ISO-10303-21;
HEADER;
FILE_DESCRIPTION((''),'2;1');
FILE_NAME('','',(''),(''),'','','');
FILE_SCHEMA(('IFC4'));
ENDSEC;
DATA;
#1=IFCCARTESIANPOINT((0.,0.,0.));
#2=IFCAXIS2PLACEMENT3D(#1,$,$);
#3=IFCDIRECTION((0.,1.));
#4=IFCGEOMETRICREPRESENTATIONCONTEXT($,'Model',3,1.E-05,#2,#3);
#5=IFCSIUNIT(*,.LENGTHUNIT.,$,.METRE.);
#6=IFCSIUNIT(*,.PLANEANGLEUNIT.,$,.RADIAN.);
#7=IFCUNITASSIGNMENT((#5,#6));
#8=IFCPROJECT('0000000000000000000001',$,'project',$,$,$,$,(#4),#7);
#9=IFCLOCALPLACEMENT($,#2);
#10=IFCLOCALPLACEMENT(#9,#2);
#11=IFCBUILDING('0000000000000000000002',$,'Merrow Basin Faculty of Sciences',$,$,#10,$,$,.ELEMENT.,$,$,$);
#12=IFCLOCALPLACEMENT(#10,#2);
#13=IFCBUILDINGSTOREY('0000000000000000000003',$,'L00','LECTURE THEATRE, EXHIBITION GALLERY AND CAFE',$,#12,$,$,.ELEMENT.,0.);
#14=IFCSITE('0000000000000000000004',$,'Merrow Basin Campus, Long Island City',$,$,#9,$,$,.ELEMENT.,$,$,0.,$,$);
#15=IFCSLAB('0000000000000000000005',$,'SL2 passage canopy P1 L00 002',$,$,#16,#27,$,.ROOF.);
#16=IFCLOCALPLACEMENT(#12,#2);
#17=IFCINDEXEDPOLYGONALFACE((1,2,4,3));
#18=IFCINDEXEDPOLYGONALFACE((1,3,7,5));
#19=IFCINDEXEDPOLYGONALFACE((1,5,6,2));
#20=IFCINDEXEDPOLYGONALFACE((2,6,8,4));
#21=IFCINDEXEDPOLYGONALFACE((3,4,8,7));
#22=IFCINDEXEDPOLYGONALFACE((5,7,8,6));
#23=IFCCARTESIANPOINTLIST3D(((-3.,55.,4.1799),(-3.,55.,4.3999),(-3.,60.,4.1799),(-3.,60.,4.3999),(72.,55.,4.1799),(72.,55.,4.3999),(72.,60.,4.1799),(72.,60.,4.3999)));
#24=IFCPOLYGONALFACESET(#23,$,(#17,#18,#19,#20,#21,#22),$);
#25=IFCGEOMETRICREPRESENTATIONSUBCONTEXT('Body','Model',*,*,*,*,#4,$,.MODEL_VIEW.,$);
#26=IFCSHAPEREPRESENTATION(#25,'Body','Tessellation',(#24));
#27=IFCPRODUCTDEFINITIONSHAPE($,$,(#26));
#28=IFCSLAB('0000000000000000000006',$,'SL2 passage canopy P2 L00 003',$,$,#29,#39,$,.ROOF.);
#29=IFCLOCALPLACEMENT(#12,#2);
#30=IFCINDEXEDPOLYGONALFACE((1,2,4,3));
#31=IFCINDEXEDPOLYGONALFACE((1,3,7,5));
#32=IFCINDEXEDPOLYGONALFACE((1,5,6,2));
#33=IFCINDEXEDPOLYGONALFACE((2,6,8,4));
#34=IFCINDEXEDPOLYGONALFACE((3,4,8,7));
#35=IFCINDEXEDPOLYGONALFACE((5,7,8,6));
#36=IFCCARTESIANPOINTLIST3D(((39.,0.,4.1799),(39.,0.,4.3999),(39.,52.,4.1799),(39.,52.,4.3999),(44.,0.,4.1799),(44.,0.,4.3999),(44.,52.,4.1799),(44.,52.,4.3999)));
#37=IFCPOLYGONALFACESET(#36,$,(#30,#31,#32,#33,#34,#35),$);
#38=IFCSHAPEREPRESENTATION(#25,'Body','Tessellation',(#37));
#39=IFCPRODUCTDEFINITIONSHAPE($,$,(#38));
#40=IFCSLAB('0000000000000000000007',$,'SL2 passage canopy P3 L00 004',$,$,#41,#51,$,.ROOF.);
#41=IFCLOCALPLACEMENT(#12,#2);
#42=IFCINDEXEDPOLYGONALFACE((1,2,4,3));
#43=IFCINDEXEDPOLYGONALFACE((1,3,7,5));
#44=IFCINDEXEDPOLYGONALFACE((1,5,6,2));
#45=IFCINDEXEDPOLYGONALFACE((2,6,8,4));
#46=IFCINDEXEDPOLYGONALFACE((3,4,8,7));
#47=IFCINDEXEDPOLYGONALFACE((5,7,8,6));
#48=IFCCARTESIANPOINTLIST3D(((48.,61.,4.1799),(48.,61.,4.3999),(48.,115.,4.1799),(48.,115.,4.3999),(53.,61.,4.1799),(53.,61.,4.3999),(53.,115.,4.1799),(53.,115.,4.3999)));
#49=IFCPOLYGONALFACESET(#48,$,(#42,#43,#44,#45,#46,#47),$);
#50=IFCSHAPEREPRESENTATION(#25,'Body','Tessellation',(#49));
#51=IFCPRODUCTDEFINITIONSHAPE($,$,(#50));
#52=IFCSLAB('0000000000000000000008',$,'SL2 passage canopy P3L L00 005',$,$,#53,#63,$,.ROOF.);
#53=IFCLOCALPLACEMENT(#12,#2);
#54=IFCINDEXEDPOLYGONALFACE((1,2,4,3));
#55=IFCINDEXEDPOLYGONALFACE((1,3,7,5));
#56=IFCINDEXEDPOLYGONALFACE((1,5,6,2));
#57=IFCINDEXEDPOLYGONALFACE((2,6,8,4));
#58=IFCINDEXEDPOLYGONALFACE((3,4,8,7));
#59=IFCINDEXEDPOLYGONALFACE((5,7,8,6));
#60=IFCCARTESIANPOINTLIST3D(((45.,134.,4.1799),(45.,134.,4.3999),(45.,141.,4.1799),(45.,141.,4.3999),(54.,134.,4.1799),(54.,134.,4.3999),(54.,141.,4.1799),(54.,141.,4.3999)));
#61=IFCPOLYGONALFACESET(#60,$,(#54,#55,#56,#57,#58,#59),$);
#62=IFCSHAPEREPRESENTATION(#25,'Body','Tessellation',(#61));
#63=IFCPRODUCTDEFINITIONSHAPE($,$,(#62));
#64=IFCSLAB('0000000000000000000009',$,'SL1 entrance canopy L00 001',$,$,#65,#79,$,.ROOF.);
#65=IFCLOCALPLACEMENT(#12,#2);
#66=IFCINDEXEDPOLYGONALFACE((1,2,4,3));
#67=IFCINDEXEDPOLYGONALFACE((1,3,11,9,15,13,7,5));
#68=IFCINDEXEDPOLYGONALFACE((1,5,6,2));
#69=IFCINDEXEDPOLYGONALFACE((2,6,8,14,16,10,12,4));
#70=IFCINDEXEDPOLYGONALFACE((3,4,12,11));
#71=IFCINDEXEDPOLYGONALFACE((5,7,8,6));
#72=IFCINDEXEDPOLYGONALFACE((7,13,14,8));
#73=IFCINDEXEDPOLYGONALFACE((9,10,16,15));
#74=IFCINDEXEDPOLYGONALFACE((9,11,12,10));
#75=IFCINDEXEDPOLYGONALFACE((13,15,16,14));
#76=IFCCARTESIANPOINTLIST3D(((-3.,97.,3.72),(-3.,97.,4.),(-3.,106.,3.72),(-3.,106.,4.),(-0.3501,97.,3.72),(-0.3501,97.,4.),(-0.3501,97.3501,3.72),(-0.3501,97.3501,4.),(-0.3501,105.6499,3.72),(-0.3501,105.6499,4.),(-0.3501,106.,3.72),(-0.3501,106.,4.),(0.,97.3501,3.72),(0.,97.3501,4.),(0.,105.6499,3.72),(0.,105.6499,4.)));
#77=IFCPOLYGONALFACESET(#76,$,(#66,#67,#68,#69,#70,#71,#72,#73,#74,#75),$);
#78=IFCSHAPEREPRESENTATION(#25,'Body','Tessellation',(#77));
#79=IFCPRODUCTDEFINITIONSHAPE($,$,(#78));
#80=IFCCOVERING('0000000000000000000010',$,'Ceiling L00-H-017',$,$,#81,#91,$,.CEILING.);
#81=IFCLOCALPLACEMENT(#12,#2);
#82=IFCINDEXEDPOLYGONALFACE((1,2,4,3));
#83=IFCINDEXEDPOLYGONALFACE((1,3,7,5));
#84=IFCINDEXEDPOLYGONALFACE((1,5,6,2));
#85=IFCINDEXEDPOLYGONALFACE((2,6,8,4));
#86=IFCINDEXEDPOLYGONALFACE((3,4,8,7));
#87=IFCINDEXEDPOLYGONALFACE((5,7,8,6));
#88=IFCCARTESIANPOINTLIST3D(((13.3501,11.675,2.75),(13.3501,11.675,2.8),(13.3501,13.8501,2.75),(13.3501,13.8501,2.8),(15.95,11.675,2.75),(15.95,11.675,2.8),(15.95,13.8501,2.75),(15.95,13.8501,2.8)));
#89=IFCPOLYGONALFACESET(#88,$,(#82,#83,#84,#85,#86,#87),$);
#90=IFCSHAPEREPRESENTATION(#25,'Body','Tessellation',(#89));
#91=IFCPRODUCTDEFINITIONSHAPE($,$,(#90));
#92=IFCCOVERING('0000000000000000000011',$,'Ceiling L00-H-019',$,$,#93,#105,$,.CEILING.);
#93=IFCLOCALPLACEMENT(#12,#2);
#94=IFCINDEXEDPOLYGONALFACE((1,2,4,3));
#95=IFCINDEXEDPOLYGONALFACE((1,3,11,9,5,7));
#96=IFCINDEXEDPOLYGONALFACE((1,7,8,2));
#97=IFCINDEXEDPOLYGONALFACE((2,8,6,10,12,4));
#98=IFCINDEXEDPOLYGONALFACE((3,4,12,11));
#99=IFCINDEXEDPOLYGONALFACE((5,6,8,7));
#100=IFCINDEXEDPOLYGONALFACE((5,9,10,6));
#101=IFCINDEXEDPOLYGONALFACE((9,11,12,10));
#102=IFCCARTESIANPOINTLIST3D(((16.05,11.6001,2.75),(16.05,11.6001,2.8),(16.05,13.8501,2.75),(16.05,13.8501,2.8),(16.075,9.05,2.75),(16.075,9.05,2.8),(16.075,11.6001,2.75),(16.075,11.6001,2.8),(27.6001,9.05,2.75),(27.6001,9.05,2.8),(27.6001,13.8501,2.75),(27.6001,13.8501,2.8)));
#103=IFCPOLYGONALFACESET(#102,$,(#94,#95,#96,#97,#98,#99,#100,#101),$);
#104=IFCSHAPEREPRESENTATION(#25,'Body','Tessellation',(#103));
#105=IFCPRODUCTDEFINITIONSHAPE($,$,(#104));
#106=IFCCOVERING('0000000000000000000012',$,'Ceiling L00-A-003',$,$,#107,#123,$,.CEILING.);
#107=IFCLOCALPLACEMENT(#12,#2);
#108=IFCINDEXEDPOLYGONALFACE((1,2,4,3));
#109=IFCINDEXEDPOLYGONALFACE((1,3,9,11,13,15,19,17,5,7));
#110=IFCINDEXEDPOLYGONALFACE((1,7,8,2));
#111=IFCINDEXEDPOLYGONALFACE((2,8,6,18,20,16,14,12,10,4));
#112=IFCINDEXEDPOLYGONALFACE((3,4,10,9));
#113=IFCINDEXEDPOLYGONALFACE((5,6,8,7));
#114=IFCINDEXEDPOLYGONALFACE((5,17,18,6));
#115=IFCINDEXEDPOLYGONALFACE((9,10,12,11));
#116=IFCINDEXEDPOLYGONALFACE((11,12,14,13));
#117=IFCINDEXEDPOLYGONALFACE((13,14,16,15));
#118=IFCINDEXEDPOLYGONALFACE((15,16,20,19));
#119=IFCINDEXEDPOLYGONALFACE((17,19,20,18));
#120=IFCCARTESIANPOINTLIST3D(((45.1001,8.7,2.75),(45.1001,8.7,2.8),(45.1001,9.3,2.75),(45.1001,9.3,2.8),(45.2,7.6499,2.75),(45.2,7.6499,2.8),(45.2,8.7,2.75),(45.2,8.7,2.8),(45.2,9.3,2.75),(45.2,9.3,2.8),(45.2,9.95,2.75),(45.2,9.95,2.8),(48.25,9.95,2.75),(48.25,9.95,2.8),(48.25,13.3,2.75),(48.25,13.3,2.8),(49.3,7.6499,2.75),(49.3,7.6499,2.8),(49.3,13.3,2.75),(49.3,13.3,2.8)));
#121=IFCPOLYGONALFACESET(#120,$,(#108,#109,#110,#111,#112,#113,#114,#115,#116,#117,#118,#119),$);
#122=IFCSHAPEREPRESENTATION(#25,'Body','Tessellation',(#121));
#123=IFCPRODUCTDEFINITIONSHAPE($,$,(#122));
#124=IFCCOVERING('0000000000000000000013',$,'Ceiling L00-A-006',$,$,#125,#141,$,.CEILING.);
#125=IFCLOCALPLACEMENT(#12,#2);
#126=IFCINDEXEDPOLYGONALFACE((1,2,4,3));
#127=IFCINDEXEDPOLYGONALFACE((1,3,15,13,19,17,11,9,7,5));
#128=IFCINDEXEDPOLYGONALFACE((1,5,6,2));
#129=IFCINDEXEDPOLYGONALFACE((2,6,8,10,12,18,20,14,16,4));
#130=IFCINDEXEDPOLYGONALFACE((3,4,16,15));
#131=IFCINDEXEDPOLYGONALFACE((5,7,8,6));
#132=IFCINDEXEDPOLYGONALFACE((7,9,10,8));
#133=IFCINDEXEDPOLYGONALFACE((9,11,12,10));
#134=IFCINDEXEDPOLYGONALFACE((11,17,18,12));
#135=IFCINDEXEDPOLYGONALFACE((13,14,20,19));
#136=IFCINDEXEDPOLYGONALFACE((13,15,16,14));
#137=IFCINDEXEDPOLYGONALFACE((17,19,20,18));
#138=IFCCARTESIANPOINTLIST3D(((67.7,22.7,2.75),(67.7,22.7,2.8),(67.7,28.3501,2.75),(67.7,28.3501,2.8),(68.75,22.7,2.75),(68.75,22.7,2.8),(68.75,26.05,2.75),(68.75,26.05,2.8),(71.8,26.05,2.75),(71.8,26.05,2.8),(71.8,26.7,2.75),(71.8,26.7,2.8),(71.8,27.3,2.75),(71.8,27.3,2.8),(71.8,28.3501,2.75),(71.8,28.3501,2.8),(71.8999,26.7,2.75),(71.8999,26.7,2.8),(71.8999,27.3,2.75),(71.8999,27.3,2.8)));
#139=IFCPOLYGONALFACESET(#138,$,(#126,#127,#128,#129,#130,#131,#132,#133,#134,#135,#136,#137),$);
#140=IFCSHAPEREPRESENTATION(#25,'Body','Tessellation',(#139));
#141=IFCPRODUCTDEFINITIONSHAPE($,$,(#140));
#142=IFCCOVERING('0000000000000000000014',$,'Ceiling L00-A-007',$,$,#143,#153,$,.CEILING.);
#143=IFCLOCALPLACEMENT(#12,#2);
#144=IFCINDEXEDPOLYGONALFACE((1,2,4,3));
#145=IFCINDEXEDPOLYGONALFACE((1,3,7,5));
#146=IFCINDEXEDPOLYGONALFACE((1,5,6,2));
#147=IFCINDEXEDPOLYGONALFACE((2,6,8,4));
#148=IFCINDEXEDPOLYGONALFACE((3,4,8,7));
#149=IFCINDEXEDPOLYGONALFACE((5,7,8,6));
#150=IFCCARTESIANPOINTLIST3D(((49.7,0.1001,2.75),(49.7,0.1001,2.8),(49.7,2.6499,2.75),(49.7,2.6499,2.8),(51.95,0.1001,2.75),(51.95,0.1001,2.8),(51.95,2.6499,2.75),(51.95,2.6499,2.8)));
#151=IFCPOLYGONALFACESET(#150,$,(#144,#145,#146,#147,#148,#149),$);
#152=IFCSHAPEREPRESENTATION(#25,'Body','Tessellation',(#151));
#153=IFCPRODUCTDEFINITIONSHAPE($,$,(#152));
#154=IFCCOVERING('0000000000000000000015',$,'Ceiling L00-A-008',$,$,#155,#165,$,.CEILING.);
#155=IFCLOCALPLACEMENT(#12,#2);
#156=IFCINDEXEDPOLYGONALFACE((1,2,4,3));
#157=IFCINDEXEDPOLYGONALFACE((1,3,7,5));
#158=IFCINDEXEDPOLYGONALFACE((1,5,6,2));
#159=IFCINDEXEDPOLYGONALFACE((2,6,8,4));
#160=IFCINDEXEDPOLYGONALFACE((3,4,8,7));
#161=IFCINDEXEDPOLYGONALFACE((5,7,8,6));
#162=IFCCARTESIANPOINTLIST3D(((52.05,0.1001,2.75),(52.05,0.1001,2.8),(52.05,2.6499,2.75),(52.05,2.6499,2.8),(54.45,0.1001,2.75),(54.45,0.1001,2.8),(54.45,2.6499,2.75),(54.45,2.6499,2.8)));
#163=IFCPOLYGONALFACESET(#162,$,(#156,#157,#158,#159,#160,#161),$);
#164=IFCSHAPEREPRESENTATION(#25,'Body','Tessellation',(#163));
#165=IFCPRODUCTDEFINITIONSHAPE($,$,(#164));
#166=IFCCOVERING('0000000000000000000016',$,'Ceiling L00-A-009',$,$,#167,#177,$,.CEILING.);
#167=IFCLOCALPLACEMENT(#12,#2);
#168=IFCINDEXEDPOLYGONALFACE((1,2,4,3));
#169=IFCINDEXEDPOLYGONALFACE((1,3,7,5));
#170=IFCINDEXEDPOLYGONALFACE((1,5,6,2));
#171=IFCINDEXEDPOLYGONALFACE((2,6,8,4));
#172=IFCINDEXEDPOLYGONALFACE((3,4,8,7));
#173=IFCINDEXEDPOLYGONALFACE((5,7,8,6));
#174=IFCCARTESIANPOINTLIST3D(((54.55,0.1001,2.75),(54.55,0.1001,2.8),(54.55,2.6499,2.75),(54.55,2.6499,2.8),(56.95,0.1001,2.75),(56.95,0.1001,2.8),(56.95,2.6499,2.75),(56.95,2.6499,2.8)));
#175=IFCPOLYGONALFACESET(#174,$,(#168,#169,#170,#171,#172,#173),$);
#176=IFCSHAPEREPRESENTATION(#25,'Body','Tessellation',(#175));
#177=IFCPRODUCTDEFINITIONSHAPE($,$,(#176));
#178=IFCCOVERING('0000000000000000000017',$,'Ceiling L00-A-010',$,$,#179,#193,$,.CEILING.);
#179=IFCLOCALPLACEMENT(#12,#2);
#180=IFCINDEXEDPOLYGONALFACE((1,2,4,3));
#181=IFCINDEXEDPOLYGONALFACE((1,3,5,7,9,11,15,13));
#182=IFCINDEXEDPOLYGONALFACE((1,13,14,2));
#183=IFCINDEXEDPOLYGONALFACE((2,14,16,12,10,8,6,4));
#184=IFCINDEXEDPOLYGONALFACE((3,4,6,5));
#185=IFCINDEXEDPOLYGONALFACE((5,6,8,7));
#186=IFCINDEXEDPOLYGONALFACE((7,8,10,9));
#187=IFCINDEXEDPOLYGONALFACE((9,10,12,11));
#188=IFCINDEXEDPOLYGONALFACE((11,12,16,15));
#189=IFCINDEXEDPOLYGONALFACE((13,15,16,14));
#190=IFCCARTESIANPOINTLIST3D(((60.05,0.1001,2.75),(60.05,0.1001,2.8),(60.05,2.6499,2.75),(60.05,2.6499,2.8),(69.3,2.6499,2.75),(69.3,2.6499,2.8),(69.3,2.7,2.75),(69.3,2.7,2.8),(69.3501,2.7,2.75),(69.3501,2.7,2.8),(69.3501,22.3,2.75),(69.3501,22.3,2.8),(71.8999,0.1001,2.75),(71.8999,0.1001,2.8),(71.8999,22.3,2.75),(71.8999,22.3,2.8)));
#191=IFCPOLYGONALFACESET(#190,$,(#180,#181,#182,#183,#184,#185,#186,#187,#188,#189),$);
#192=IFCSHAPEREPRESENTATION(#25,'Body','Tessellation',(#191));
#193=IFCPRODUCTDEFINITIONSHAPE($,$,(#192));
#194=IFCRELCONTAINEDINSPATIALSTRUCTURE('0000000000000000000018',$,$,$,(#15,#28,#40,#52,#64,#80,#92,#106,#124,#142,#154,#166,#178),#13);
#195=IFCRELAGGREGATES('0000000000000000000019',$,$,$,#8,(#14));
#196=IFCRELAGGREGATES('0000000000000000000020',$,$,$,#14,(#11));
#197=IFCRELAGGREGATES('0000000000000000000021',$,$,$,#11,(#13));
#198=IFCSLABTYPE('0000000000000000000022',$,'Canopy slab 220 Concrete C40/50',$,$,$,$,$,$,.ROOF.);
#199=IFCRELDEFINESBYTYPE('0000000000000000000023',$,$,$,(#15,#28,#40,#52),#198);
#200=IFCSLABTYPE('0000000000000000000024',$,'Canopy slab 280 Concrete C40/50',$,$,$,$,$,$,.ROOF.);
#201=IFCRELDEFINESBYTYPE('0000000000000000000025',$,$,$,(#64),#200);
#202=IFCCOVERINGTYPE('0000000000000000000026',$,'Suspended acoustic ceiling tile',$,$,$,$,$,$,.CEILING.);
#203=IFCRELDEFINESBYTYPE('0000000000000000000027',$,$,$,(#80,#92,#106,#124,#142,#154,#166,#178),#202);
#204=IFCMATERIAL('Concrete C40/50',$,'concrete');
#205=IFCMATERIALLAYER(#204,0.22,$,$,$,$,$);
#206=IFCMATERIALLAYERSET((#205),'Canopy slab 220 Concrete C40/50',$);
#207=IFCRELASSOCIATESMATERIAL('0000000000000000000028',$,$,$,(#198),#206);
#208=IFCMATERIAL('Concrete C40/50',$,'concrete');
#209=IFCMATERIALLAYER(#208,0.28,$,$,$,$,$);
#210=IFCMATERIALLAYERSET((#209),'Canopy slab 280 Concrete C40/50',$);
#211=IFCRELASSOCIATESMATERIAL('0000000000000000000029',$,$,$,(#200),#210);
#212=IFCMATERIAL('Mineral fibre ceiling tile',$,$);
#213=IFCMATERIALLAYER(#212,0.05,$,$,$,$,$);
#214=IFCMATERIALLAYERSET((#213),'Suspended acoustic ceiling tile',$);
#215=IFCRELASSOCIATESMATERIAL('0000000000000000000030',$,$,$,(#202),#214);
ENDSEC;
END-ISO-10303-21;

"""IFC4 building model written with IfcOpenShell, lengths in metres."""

from ifc_helpers import new_model, si_unit, direction, frame, origin, place, context, subcontext, project, spatial, polyline, outline, extrude, material, layer, layer_set, type_object, element, save


model = new_model("IFC4")

# Units and contexts
model_context = context("Model", 3, precision=1e-05, world=origin(), true_north=direction((0.0, 1.0)))
body_context = subcontext(model_context, "Body", "Model", "MODEL_VIEW")
ifc_project = project(units=[si_unit("LENGTHUNIT", "METRE"), si_unit("PLANEANGLEUNIT", "RADIAN")], contexts=[model_context])

# Site, building, storey
site_placement = place(None, origin())
site = spatial("IfcSite", under=ifc_project, at=site_placement, Name="Merrow Basin Campus, Long Island City", CompositionType="ELEMENT", RefElevation=0.0)
building_placement = place(site_placement, origin())
building = spatial("IfcBuilding", under=site, at=building_placement, Name="Merrow Basin Faculty of Sciences", CompositionType="ELEMENT")
storey_placement = place(building_placement, origin())
storey = spatial("IfcBuildingStorey", under=building, at=storey_placement, Name="L00", Description="LECTURE THEATRE, EXHIBITION GALLERY AND CAFE", CompositionType="ELEMENT", Elevation=0.0)

# Slabs
ifc_material_1 = material(Name="Concrete C40/50", Category="concrete")
ifc_layer_1 = layer(ifc_material_1, 0.22)
ifc_layer_set_1 = layer_set([ifc_layer_1], Name="Canopy slab 220 Concrete C40/50")
slab_type_1 = type_object("IfcSlabType", Name="Canopy slab 220 Concrete C40/50", PredefinedType="ROOF", material=ifc_layer_set_1)
slab_1_placement = place(storey_placement, frame((0.0, 0.0, 4.1799)))
element("IfcSlab", 1, at=slab_1_placement, inside=storey, type_object=slab_type_1, Name="SL2 passage canopy P1 L00 002", PredefinedType="ROOF", context=body_context, shape_type="SweptSolid", body=[
    extrude(outline(polyline([(-3.0, 60.0), (72.0, 60.0), (72.0, 55.0), (-3.0, 55.0), (-3.0, 60.0)])), origin(), (0.0, 0.0, 1.0), 0.22),
])
slab_2_placement = place(storey_placement, frame((0.0, 0.0, 4.1799)))
element("IfcSlab", 2, at=slab_2_placement, inside=storey, type_object=slab_type_1, Name="SL2 passage canopy P2 L00 003", PredefinedType="ROOF", context=body_context, shape_type="SweptSolid", body=[
    extrude(outline(polyline([(39.0, 52.0), (44.0, 52.0), (44.0, 0.0), (39.0, 0.0), (39.0, 52.0)])), origin(), (0.0, 0.0, 1.0), 0.22),
])
slab_3_placement = place(storey_placement, frame((0.0, 0.0, 4.1799)))
element("IfcSlab", 3, at=slab_3_placement, inside=storey, type_object=slab_type_1, Name="SL2 passage canopy P3 L00 004", PredefinedType="ROOF", context=body_context, shape_type="SweptSolid", body=[
    extrude(outline(polyline([(48.0, 115.0), (53.0, 115.0), (53.0, 61.0), (48.0, 61.0), (48.0, 115.0)])), origin(), (0.0, 0.0, 1.0), 0.22),
])
slab_4_placement = place(storey_placement, frame((0.0, 0.0, 4.1799)))
element("IfcSlab", 4, at=slab_4_placement, inside=storey, type_object=slab_type_1, Name="SL2 passage canopy P3L L00 005", PredefinedType="ROOF", context=body_context, shape_type="SweptSolid", body=[
    extrude(outline(polyline([(45.0, 141.0), (54.0, 141.0), (54.0, 134.0), (45.0, 134.0), (45.0, 141.0)])), origin(), (0.0, 0.0, 1.0), 0.22),
])
ifc_material_2 = material(Name="Concrete C40/50", Category="concrete")
ifc_layer_2 = layer(ifc_material_2, 0.28)
ifc_layer_set_2 = layer_set([ifc_layer_2], Name="Canopy slab 280 Concrete C40/50")
slab_type_2 = type_object("IfcSlabType", Name="Canopy slab 280 Concrete C40/50", PredefinedType="ROOF", material=ifc_layer_set_2)
slab_5_placement = place(storey_placement, frame((0.0, 0.0, 3.72)))
element("IfcSlab", 5, at=slab_5_placement, inside=storey, type_object=slab_type_2, Name="SL1 entrance canopy L00 001", PredefinedType="ROOF", context=body_context, shape_type="SweptSolid", body=[
    extrude(outline(polyline([(-0.3501, 97.3501), (-0.3501, 97.0), (-3.0, 97.0), (-3.0, 106.0), (-0.3501, 106.0), (-0.3501, 105.6499), (0.0, 105.6499), (0.0, 97.3501), (-0.3501, 97.3501)])), origin(), (0.0, 0.0, 1.0), 0.28),
])

# Coverings
ifc_material_3 = material(Name="Mineral fibre ceiling tile")
ifc_layer_3 = layer(ifc_material_3, 0.05)
ifc_layer_set_3 = layer_set([ifc_layer_3], Name="Suspended acoustic ceiling tile")
covering_type = type_object("IfcCoveringType", Name="Suspended acoustic ceiling tile", PredefinedType="CEILING", material=ifc_layer_set_3)
covering_1_placement = place(storey_placement, frame((0.0, 0.0, 2.75)))
element("IfcCovering", 6, at=covering_1_placement, inside=storey, type_object=covering_type, Name="Ceiling L00-H-017", PredefinedType="CEILING", context=body_context, shape_type="SweptSolid", body=[
    extrude(outline(polyline([(13.3501, 11.675), (13.3501, 13.8501), (15.95, 13.8501), (15.95, 11.675), (13.3501, 11.675)])), origin(), (0.0, 0.0, 1.0), 0.05),
])
covering_2_placement = place(storey_placement, frame((0.0, 0.0, 2.75)))
element("IfcCovering", 7, at=covering_2_placement, inside=storey, type_object=covering_type, Name="Ceiling L00-H-019", PredefinedType="CEILING", context=body_context, shape_type="SweptSolid", body=[
    extrude(outline(polyline([(16.05, 13.8501), (27.6001, 13.8501), (27.6001, 9.05), (16.075, 9.05), (16.075, 11.6001), (16.05, 11.6001), (16.05, 13.8501)])), origin(), (0.0, 0.0, 1.0), 0.05),
])
covering_3_placement = place(storey_placement, frame((0.0, 0.0, 2.75)))
element("IfcCovering", 8, at=covering_3_placement, inside=storey, type_object=covering_type, Name="Ceiling L00-A-003", PredefinedType="CEILING", context=body_context, shape_type="SweptSolid", body=[
    extrude(outline(polyline([(45.1001, 9.3), (45.2, 9.3), (45.2, 9.95), (48.25, 9.95), (48.25, 13.3), (49.3, 13.3), (49.3, 7.6499), (45.2, 7.6499), (45.2, 8.7), (45.1001, 8.7), (45.1001, 9.3)])), origin(), (0.0, 0.0, 1.0), 0.05),
])
covering_4_placement = place(storey_placement, frame((0.0, 0.0, 2.75)))
element("IfcCovering", 9, at=covering_4_placement, inside=storey, type_object=covering_type, Name="Ceiling L00-A-006", PredefinedType="CEILING", context=body_context, shape_type="SweptSolid", body=[
    extrude(outline(polyline([(71.8999, 26.7), (71.8, 26.7), (71.8, 26.05), (68.75, 26.05), (68.75, 22.7), (67.7, 22.7), (67.7, 28.3501), (71.8, 28.3501), (71.8, 27.3), (71.8999, 27.3), (71.8999, 26.7)])), origin(), (0.0, 0.0, 1.0), 0.05),
])
covering_5_placement = place(storey_placement, frame((0.0, 0.0, 2.75)))
element("IfcCovering", 10, at=covering_5_placement, inside=storey, type_object=covering_type, Name="Ceiling L00-A-007", PredefinedType="CEILING", context=body_context, shape_type="SweptSolid", body=[
    extrude(outline(polyline([(49.7, 0.1001), (49.7, 2.6499), (51.95, 2.6499), (51.95, 0.1001), (49.7, 0.1001)])), origin(), (0.0, 0.0, 1.0), 0.05),
])
covering_6_placement = place(storey_placement, frame((0.0, 0.0, 2.75)))
element("IfcCovering", 11, at=covering_6_placement, inside=storey, type_object=covering_type, Name="Ceiling L00-A-008", PredefinedType="CEILING", context=body_context, shape_type="SweptSolid", body=[
    extrude(outline(polyline([(52.05, 0.1001), (52.05, 2.6499), (54.45, 2.6499), (54.45, 0.1001), (52.05, 0.1001)])), origin(), (0.0, 0.0, 1.0), 0.05),
])
covering_7_placement = place(storey_placement, frame((0.0, 0.0, 2.75)))
element("IfcCovering", 12, at=covering_7_placement, inside=storey, type_object=covering_type, Name="Ceiling L00-A-009", PredefinedType="CEILING", context=body_context, shape_type="SweptSolid", body=[
    extrude(outline(polyline([(54.55, 0.1001), (54.55, 2.6499), (56.95, 2.6499), (56.95, 0.1001), (54.55, 0.1001)])), origin(), (0.0, 0.0, 1.0), 0.05),
])
covering_8_placement = place(storey_placement, frame((0.0, 0.0, 2.75)))
element("IfcCovering", 13, at=covering_8_placement, inside=storey, type_object=covering_type, Name="Ceiling L00-A-010", PredefinedType="CEILING", context=body_context, shape_type="SweptSolid", body=[
    extrude(outline(polyline([(71.8999, 0.1001), (60.05, 0.1001), (60.05, 2.6499), (69.3, 2.6499), (69.3, 2.7), (69.3501, 2.7), (69.3501, 22.3), (71.8999, 22.3), (71.8999, 0.1001)])), origin(), (0.0, 0.0, 1.0), 0.05),
])

save(model, "model.ifc")
